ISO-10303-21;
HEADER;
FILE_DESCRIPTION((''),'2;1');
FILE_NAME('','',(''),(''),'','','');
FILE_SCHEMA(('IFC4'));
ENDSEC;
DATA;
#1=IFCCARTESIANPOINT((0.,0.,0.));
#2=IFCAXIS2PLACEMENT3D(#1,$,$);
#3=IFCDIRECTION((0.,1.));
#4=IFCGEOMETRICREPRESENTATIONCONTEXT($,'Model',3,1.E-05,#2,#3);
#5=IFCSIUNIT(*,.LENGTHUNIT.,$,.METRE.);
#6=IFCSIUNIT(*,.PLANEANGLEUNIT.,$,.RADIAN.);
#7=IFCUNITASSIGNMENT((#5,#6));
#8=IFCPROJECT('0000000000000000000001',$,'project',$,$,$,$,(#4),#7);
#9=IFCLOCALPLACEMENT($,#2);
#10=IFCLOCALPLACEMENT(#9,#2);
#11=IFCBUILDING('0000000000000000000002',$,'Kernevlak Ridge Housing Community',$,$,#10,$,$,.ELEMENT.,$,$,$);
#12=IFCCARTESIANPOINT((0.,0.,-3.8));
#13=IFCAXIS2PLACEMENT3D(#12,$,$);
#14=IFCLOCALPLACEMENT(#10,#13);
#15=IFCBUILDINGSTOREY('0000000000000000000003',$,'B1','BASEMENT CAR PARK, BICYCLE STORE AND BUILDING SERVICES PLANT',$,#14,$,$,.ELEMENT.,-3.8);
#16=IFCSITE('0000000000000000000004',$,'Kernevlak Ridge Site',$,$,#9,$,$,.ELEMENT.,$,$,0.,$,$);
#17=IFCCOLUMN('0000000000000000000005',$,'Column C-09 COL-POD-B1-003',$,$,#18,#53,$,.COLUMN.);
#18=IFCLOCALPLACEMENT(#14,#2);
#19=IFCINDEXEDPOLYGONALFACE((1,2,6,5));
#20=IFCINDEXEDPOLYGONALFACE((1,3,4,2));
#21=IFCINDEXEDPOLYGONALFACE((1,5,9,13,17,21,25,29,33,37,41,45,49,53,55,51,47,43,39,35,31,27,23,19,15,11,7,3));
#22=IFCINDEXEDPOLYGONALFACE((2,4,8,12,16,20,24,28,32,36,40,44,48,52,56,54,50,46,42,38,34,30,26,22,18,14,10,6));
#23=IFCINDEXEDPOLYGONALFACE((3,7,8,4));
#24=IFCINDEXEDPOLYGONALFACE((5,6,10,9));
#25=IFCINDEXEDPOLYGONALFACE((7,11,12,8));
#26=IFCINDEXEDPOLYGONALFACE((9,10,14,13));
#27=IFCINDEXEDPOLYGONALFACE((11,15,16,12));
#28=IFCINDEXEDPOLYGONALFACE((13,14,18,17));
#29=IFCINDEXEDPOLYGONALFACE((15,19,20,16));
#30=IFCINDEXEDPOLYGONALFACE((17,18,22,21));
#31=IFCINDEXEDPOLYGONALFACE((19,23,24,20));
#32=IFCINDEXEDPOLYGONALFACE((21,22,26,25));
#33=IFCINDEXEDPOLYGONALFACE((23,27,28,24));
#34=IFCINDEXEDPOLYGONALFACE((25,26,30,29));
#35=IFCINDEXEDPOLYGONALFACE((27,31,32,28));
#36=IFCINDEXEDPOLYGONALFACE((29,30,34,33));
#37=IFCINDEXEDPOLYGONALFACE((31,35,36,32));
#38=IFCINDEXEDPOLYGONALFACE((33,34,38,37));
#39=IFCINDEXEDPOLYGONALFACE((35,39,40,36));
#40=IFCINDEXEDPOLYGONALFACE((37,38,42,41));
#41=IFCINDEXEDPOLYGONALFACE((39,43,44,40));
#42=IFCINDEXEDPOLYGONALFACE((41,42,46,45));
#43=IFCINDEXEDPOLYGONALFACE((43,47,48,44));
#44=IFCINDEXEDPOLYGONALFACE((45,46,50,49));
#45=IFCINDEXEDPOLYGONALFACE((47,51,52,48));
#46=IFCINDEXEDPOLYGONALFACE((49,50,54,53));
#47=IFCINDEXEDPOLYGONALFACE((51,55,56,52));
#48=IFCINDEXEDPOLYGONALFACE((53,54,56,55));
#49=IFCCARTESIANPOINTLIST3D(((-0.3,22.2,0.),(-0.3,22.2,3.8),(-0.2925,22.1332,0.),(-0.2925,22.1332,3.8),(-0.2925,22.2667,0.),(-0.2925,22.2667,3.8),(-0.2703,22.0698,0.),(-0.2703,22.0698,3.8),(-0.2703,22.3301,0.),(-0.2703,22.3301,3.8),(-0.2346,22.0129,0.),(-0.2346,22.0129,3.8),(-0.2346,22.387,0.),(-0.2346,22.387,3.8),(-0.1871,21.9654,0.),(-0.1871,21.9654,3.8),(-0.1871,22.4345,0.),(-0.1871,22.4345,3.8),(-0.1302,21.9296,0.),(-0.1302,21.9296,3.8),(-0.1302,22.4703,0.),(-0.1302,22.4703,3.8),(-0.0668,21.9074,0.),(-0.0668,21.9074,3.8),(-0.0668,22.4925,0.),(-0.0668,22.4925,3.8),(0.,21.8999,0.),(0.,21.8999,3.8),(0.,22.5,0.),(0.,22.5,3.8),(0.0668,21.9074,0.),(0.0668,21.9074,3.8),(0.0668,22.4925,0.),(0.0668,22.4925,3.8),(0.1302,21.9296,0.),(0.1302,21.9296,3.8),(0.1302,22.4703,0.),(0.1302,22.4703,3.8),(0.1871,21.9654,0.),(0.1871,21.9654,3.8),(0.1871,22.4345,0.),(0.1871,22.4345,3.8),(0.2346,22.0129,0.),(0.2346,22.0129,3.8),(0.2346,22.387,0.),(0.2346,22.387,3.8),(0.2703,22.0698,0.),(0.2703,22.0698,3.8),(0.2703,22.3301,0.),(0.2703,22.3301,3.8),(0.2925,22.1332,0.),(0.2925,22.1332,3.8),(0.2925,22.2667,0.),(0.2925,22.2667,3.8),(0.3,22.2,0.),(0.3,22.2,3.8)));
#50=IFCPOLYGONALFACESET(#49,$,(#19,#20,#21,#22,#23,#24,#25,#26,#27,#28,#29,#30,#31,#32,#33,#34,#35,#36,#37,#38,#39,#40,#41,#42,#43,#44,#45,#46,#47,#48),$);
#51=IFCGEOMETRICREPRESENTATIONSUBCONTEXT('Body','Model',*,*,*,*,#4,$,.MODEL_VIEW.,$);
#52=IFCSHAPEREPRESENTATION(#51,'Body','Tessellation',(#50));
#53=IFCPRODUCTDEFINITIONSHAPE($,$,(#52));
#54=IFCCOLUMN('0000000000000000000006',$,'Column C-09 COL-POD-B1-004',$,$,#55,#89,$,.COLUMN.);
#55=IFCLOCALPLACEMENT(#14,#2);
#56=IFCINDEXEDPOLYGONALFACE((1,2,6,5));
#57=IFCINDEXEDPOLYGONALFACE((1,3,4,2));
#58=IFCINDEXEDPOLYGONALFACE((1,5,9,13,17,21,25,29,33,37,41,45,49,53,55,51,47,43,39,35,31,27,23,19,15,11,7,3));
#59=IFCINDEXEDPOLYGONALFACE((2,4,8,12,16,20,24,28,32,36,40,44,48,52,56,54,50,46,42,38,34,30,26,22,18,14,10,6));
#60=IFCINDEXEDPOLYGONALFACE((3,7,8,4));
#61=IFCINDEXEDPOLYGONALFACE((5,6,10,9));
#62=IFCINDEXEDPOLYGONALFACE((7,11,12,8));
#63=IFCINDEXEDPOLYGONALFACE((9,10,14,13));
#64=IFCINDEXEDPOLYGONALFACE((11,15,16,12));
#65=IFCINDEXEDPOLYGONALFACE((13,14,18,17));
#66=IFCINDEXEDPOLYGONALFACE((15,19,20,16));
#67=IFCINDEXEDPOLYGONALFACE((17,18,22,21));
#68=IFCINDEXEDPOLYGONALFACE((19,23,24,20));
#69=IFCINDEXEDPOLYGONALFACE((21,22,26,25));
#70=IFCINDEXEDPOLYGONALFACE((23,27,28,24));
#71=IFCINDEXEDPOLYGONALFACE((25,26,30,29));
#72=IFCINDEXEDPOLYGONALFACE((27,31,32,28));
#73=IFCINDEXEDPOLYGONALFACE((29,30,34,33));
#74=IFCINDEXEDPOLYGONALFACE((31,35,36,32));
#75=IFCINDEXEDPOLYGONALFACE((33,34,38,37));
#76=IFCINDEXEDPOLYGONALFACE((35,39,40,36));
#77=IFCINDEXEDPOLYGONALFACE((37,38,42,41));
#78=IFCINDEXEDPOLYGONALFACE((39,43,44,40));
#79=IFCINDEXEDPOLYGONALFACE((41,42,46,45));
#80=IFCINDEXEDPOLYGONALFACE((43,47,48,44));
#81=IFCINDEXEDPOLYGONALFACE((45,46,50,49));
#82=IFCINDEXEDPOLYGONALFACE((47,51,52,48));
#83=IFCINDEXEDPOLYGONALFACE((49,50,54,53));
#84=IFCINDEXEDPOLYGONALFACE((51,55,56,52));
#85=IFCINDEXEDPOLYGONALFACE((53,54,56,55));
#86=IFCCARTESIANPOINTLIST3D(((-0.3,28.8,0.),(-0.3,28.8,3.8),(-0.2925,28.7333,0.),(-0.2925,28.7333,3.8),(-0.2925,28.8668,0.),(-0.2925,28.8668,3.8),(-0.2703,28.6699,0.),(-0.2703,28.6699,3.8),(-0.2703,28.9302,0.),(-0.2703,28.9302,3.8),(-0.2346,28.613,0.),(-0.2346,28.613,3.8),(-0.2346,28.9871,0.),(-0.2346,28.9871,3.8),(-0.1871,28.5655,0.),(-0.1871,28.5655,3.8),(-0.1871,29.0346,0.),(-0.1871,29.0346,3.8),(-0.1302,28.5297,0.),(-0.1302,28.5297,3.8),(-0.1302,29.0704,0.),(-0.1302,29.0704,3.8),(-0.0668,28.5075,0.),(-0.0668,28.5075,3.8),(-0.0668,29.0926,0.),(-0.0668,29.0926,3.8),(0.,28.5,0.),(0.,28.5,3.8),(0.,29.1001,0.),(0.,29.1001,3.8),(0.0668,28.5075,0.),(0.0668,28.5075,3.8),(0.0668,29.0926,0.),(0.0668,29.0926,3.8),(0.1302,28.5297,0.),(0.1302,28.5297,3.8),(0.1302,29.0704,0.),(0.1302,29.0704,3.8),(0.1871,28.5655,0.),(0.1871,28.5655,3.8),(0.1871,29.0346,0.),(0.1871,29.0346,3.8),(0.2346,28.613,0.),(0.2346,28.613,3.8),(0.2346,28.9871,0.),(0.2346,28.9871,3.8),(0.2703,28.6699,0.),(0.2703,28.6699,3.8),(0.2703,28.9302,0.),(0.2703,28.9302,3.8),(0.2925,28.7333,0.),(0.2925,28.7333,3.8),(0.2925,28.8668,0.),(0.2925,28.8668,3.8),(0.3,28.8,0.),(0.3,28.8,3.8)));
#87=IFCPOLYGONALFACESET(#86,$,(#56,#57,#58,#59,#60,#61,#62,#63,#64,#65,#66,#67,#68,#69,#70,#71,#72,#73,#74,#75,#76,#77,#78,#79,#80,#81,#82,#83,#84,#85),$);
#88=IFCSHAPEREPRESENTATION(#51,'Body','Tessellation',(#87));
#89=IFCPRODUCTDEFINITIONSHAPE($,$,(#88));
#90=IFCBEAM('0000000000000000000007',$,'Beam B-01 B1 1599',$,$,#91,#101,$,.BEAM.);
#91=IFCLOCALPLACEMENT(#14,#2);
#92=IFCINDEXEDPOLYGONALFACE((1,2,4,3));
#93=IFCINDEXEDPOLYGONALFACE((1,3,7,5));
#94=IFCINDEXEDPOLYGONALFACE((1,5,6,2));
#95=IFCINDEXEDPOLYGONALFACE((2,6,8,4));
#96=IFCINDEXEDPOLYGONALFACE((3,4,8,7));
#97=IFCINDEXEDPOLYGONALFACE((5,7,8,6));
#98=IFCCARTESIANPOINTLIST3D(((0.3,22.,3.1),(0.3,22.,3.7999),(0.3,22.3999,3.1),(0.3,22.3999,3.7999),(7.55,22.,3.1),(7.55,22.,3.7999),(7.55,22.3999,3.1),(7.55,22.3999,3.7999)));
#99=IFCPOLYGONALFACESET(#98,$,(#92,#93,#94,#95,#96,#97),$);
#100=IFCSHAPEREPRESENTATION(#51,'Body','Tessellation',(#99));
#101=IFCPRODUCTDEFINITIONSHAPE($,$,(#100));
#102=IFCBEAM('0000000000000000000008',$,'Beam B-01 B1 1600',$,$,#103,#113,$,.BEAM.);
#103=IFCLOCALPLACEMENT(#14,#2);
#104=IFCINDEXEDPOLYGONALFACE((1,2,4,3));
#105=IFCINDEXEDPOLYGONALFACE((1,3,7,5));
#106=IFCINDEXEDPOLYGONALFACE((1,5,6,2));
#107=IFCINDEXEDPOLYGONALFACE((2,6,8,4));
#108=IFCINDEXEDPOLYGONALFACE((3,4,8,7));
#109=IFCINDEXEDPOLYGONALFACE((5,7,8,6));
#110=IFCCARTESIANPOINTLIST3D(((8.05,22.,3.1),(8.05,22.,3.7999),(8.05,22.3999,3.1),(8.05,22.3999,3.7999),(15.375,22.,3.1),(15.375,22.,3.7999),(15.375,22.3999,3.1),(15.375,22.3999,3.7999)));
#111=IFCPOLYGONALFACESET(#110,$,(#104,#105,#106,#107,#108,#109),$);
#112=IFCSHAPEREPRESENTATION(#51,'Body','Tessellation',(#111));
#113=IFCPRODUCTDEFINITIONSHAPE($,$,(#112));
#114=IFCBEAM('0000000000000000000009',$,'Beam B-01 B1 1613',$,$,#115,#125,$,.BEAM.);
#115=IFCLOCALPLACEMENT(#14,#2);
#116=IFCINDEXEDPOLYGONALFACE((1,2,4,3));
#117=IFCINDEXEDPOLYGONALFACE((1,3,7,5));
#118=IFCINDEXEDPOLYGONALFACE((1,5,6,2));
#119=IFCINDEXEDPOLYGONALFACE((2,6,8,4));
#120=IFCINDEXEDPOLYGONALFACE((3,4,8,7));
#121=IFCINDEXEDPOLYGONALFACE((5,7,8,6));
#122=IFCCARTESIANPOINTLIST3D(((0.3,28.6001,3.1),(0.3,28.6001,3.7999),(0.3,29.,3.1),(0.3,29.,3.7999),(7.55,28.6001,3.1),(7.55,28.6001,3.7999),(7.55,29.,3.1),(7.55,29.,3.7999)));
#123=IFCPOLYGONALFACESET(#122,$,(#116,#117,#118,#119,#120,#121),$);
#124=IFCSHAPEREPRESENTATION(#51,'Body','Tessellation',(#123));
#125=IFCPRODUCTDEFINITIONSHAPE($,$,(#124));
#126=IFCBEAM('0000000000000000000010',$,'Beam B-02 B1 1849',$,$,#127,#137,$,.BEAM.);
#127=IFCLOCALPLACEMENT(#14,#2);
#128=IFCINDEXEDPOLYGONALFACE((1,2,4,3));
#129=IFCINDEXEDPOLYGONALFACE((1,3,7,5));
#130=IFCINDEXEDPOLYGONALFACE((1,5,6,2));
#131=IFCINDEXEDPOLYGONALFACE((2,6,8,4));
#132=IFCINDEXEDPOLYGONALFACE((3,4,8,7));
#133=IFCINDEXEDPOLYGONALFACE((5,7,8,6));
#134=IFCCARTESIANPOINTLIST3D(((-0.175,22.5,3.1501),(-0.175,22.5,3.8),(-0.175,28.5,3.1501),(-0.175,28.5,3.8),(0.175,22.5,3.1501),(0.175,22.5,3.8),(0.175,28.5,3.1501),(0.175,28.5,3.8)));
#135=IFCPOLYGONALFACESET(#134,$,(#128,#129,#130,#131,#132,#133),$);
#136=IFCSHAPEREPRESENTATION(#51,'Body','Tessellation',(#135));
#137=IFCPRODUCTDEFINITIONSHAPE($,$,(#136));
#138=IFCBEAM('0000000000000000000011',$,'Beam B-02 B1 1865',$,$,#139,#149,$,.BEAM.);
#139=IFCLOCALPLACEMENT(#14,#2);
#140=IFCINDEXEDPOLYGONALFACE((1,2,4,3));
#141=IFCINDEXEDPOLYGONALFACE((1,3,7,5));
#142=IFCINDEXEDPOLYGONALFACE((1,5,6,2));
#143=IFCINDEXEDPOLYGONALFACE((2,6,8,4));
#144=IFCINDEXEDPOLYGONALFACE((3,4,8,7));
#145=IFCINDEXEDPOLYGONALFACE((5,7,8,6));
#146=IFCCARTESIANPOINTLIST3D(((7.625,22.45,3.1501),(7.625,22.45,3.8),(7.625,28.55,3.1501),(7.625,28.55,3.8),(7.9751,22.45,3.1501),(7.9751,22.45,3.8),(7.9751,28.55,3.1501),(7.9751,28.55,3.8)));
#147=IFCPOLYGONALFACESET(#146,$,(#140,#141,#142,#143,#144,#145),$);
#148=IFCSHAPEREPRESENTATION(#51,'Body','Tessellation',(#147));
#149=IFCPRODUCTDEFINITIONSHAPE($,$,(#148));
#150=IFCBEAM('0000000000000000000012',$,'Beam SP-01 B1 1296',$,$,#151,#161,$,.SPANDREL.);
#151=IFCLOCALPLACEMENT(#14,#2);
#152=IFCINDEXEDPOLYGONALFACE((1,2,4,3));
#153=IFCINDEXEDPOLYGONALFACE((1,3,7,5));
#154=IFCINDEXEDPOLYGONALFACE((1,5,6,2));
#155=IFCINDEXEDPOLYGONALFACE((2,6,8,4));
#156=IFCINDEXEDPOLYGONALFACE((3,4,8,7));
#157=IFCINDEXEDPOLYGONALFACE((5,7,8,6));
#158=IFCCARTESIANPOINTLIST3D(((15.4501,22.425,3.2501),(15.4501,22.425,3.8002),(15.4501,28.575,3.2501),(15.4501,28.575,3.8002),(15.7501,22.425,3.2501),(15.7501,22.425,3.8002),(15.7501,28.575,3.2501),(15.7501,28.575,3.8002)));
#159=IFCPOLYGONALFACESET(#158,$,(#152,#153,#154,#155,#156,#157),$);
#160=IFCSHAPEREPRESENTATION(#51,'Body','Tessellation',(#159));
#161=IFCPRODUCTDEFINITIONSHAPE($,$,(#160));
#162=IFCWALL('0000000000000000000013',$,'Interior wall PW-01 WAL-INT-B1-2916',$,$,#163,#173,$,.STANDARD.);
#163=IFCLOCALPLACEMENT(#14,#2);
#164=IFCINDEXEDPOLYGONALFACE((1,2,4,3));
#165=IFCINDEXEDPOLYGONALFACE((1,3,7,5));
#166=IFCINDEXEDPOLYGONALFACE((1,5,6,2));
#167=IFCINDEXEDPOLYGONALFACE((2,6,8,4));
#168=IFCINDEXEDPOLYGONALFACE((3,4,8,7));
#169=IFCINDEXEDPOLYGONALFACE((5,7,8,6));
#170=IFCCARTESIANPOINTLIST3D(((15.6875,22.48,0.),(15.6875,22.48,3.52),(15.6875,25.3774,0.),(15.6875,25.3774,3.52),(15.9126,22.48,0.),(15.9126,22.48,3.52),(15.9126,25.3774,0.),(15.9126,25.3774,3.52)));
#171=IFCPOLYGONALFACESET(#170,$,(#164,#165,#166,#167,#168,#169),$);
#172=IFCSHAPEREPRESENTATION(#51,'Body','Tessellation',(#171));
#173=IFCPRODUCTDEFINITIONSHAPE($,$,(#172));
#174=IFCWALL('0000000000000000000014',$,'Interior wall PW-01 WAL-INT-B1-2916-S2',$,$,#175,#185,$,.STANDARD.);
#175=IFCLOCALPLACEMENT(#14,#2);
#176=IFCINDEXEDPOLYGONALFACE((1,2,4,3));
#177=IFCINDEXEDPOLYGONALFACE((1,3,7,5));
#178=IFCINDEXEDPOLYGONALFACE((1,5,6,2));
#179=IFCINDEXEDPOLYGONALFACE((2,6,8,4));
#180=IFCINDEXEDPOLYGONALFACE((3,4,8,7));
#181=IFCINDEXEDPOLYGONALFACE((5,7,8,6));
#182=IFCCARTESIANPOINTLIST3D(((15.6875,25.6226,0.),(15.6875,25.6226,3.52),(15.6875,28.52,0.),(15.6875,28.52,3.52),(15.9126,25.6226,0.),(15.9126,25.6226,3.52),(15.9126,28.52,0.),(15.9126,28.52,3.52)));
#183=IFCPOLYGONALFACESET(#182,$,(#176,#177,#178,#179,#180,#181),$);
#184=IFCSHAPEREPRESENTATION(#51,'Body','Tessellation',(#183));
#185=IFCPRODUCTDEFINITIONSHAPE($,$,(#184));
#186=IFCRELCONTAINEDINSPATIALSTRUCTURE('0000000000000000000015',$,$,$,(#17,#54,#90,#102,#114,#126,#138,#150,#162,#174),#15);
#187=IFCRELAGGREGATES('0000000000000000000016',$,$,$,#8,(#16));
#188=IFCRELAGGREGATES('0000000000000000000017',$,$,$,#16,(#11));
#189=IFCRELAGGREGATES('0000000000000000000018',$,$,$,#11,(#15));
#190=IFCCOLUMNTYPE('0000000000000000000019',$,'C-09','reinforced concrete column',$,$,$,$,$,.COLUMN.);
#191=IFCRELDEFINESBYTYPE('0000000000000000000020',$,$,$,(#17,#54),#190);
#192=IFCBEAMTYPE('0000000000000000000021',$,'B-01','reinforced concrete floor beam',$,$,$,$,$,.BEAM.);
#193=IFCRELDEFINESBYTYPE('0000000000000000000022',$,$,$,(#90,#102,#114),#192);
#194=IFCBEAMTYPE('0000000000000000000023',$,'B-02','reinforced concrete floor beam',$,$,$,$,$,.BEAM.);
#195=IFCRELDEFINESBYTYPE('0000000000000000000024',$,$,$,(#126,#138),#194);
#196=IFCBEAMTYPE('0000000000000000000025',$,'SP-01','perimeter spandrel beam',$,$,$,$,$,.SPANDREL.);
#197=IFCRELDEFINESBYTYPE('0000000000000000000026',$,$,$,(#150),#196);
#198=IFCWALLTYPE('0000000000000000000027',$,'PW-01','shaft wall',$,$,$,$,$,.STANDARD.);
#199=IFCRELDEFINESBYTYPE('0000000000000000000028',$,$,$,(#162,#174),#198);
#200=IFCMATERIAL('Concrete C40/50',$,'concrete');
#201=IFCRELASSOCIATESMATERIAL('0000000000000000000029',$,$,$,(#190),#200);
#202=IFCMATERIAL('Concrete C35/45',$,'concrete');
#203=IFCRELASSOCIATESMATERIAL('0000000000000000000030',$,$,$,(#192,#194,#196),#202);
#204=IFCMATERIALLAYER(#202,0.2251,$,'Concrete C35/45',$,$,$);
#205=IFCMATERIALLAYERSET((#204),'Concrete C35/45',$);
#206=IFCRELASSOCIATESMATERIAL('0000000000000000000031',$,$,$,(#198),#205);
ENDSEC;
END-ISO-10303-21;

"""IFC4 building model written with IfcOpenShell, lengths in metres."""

from ifc_helpers import new_model, si_unit, direction, frame, frame_2d, origin, origin_2d, place, context, subcontext, project, spatial, rectangle, circle, extrude, material, layer, layer_set, material_profile, profile_set, type_object, element, save


model = new_model("IFC4")

# Units and contexts
model_context = context("Model", 3, precision=1e-05, world=origin(), true_north=direction((0.0, 1.0)))
body_context = subcontext(model_context, "Body", "Model", "MODEL_VIEW")
ifc_project = project(units=[si_unit("LENGTHUNIT", "METRE"), si_unit("PLANEANGLEUNIT", "RADIAN")], contexts=[model_context])

# Site, building, storey
site_placement = place(None, origin())
site = spatial("IfcSite", under=ifc_project, at=site_placement, Name="Kernevlak Ridge Site", CompositionType="ELEMENT", RefElevation=0.0)
building_placement = place(site_placement, origin())
building = spatial("IfcBuilding", under=site, at=building_placement, Name="Kernevlak Ridge Housing Community", CompositionType="ELEMENT")
storey_placement = place(building_placement, frame((0.0, 0.0, -3.8)))
storey = spatial("IfcBuildingStorey", under=building, at=storey_placement, Name="B1", Description="BASEMENT CAR PARK, BICYCLE STORE AND BUILDING SERVICES PLANT", CompositionType="ELEMENT", Elevation=-3.8)

# Shared definitions
ifc_material_1 = material(Name="Concrete C35/45", Category="concrete")

# Columns
ifc_material_2 = material(Name="Concrete C40/50", Category="concrete")
ifc_material_profile_1 = material_profile(ifc_material_2, circle(Radius=0.3, at=origin_2d()), Name="RC D600")
ifc_profile_set_1 = profile_set([ifc_material_profile_1], Name="Concrete C40/50")
column_type_1 = type_object("IfcColumnType", Name="C-09", Description="reinforced concrete column", PredefinedType="COLUMN", material=ifc_profile_set_1)
for number, where, z_axis, x_axis, name in (
    (1, (0.0, 22.2, 0.0), (0.0, 0.0, 1.0), (1.0, 0.0, 0.0), "Column C-09 COL-POD-B1-003"),
    (2, (0.0, 28.8, 0.0), (0.0, 0.0, 1.0), (1.0, 0.0, 0.0), "Column C-09 COL-POD-B1-004"),
):
    element("IfcColumn", number, at=place(storey_placement, frame(where, z_axis=z_axis, x_axis=x_axis)), inside=storey, type_object=column_type_1, Name=name, PredefinedType="COLUMN", context=body_context, shape_type="SweptSolid", body=[
        extrude(circle(Radius=0.3, at=origin_2d()), origin(), (0.0, 0.0, 1.0), 3.8),
    ])

# Beams
ifc_material_profile_2 = material_profile(ifc_material_1, rectangle(XDim=0.3999, YDim=0.7, at=origin_2d()), Name="RC 400x700")
ifc_profile_set_2 = profile_set([ifc_material_profile_2], Name="Concrete C35/45")
beam_type_1 = type_object("IfcBeamType", Name="B-01", Description="reinforced concrete floor beam", PredefinedType="BEAM", material=ifc_profile_set_2)
beam_1_placement = place(storey_placement, frame((0.3, 22.2, 3.45), z_axis=(1.0, 0.0, 0.0), x_axis=(0.0, 1.0, 0.0)))
element("IfcBeam", 3, at=beam_1_placement, inside=storey, type_object=beam_type_1, Name="Beam B-01 B1 1599", PredefinedType="BEAM", context=body_context, shape_type="SweptSolid", body=[
    extrude(rectangle(XDim=0.3999, YDim=0.7, at=origin_2d()), origin(), (0.0, 0.0, 1.0), 7.25),
])
beam_2_placement = place(storey_placement, frame((8.05, 22.2, 3.45), z_axis=(1.0, 0.0, 0.0), x_axis=(0.0, 1.0, 0.0)))
element("IfcBeam", 4, at=beam_2_placement, inside=storey, type_object=beam_type_1, Name="Beam B-01 B1 1600", PredefinedType="BEAM", context=body_context, shape_type="SweptSolid", body=[
    extrude(rectangle(XDim=0.3999, YDim=0.7, at=origin_2d()), origin(), (0.0, 0.0, 1.0), 7.325),
])
beam_3_placement = place(storey_placement, frame((0.3, 28.8, 3.45), z_axis=(1.0, 0.0, 0.0), x_axis=(0.0, 1.0, 0.0)))
element("IfcBeam", 5, at=beam_3_placement, inside=storey, type_object=beam_type_1, Name="Beam B-01 B1 1613", PredefinedType="BEAM", context=body_context, shape_type="SweptSolid", body=[
    extrude(rectangle(XDim=0.3999, YDim=0.7, at=origin_2d()), origin(), (0.0, 0.0, 1.0), 7.25),
])
ifc_material_profile_3 = material_profile(ifc_material_1, rectangle(XDim=0.3501, YDim=0.6499, at=origin_2d()), Name="RC 350x650")
ifc_profile_set_3 = profile_set([ifc_material_profile_3], Name="Concrete C35/45")
beam_type_2 = type_object("IfcBeamType", Name="B-02", Description="reinforced concrete floor beam", PredefinedType="BEAM", material=ifc_profile_set_3)
beam_4_placement = place(storey_placement, frame((0.0, 22.5, 3.4751), z_axis=(0.0, 1.0, 0.0), x_axis=(-1.0, 0.0, 0.0)))
element("IfcBeam", 6, at=beam_4_placement, inside=storey, type_object=beam_type_2, Name="Beam B-02 B1 1849", PredefinedType="BEAM", context=body_context, shape_type="SweptSolid", body=[
    extrude(rectangle(XDim=0.3501, YDim=0.6499, at=origin_2d()), origin(), (0.0, 0.0, 1.0), 6.0),
])
beam_5_placement = place(storey_placement, frame((7.8, 22.45, 3.4751), z_axis=(0.0, 1.0, 0.0), x_axis=(-1.0, 0.0, 0.0)))
element("IfcBeam", 7, at=beam_5_placement, inside=storey, type_object=beam_type_2, Name="Beam B-02 B1 1865", PredefinedType="BEAM", context=body_context, shape_type="SweptSolid", body=[
    extrude(rectangle(XDim=0.3501, YDim=0.6499, at=origin_2d()), origin(), (0.0, 0.0, 1.0), 6.1001),
])
ifc_material_profile_4 = material_profile(ifc_material_1, rectangle(XDim=0.3, YDim=0.55, at=origin_2d()), Name="RC 300x550")
ifc_profile_set_4 = profile_set([ifc_material_profile_4], Name="Concrete C35/45")
beam_type_3 = type_object("IfcBeamType", Name="SP-01", Description="perimeter spandrel beam", PredefinedType="SPANDREL", material=ifc_profile_set_4)
beam_6_placement = place(storey_placement, frame((15.6001, 22.425, 3.5251), z_axis=(0.0, 1.0, 0.0), x_axis=(-1.0, 0.0, 0.0)))
element("IfcBeam", 8, at=beam_6_placement, inside=storey, type_object=beam_type_3, Name="Beam SP-01 B1 1296", PredefinedType="SPANDREL", context=body_context, shape_type="SweptSolid", body=[
    extrude(rectangle(XDim=0.3, YDim=0.55, at=origin_2d()), origin(), (0.0, 0.0, 1.0), 6.1499),
])

# Shared definitions
ifc_layer_1 = layer(ifc_material_1, 0.2251, Name="Concrete C35/45")
ifc_layer_set_1 = layer_set([ifc_layer_1], Name="Concrete C35/45")
wall_type_1 = type_object("IfcWallType", Name="PW-01", Description="shaft wall", PredefinedType="STANDARD", material=ifc_layer_set_1)

# Walls
for number, where, z_axis, x_axis, name in (
    (9, (15.8, 22.48, 0.0), (0.0, 0.0, 1.0), (0.0, 1.0, 0.0), "Interior wall PW-01 WAL-INT-B1-2916"),
    (10, (15.8, 25.6226, 0.0), (0.0, 0.0, 1.0), (0.0, 1.0, 0.0), "Interior wall PW-01 WAL-INT-B1-2916-S2"),
):
    element("IfcWall", number, at=place(storey_placement, frame(where, z_axis=z_axis, x_axis=x_axis)), inside=storey, type_object=wall_type_1, Name=name, PredefinedType="STANDARD", context=body_context, shape_type="SweptSolid", body=[
        extrude(rectangle(XDim=2.8975, YDim=0.2251, at=frame_2d((1.4487, 0.0))), origin(), (0.0, 0.0, 1.0), 3.52),
    ])

save(model, "model.ifc")
